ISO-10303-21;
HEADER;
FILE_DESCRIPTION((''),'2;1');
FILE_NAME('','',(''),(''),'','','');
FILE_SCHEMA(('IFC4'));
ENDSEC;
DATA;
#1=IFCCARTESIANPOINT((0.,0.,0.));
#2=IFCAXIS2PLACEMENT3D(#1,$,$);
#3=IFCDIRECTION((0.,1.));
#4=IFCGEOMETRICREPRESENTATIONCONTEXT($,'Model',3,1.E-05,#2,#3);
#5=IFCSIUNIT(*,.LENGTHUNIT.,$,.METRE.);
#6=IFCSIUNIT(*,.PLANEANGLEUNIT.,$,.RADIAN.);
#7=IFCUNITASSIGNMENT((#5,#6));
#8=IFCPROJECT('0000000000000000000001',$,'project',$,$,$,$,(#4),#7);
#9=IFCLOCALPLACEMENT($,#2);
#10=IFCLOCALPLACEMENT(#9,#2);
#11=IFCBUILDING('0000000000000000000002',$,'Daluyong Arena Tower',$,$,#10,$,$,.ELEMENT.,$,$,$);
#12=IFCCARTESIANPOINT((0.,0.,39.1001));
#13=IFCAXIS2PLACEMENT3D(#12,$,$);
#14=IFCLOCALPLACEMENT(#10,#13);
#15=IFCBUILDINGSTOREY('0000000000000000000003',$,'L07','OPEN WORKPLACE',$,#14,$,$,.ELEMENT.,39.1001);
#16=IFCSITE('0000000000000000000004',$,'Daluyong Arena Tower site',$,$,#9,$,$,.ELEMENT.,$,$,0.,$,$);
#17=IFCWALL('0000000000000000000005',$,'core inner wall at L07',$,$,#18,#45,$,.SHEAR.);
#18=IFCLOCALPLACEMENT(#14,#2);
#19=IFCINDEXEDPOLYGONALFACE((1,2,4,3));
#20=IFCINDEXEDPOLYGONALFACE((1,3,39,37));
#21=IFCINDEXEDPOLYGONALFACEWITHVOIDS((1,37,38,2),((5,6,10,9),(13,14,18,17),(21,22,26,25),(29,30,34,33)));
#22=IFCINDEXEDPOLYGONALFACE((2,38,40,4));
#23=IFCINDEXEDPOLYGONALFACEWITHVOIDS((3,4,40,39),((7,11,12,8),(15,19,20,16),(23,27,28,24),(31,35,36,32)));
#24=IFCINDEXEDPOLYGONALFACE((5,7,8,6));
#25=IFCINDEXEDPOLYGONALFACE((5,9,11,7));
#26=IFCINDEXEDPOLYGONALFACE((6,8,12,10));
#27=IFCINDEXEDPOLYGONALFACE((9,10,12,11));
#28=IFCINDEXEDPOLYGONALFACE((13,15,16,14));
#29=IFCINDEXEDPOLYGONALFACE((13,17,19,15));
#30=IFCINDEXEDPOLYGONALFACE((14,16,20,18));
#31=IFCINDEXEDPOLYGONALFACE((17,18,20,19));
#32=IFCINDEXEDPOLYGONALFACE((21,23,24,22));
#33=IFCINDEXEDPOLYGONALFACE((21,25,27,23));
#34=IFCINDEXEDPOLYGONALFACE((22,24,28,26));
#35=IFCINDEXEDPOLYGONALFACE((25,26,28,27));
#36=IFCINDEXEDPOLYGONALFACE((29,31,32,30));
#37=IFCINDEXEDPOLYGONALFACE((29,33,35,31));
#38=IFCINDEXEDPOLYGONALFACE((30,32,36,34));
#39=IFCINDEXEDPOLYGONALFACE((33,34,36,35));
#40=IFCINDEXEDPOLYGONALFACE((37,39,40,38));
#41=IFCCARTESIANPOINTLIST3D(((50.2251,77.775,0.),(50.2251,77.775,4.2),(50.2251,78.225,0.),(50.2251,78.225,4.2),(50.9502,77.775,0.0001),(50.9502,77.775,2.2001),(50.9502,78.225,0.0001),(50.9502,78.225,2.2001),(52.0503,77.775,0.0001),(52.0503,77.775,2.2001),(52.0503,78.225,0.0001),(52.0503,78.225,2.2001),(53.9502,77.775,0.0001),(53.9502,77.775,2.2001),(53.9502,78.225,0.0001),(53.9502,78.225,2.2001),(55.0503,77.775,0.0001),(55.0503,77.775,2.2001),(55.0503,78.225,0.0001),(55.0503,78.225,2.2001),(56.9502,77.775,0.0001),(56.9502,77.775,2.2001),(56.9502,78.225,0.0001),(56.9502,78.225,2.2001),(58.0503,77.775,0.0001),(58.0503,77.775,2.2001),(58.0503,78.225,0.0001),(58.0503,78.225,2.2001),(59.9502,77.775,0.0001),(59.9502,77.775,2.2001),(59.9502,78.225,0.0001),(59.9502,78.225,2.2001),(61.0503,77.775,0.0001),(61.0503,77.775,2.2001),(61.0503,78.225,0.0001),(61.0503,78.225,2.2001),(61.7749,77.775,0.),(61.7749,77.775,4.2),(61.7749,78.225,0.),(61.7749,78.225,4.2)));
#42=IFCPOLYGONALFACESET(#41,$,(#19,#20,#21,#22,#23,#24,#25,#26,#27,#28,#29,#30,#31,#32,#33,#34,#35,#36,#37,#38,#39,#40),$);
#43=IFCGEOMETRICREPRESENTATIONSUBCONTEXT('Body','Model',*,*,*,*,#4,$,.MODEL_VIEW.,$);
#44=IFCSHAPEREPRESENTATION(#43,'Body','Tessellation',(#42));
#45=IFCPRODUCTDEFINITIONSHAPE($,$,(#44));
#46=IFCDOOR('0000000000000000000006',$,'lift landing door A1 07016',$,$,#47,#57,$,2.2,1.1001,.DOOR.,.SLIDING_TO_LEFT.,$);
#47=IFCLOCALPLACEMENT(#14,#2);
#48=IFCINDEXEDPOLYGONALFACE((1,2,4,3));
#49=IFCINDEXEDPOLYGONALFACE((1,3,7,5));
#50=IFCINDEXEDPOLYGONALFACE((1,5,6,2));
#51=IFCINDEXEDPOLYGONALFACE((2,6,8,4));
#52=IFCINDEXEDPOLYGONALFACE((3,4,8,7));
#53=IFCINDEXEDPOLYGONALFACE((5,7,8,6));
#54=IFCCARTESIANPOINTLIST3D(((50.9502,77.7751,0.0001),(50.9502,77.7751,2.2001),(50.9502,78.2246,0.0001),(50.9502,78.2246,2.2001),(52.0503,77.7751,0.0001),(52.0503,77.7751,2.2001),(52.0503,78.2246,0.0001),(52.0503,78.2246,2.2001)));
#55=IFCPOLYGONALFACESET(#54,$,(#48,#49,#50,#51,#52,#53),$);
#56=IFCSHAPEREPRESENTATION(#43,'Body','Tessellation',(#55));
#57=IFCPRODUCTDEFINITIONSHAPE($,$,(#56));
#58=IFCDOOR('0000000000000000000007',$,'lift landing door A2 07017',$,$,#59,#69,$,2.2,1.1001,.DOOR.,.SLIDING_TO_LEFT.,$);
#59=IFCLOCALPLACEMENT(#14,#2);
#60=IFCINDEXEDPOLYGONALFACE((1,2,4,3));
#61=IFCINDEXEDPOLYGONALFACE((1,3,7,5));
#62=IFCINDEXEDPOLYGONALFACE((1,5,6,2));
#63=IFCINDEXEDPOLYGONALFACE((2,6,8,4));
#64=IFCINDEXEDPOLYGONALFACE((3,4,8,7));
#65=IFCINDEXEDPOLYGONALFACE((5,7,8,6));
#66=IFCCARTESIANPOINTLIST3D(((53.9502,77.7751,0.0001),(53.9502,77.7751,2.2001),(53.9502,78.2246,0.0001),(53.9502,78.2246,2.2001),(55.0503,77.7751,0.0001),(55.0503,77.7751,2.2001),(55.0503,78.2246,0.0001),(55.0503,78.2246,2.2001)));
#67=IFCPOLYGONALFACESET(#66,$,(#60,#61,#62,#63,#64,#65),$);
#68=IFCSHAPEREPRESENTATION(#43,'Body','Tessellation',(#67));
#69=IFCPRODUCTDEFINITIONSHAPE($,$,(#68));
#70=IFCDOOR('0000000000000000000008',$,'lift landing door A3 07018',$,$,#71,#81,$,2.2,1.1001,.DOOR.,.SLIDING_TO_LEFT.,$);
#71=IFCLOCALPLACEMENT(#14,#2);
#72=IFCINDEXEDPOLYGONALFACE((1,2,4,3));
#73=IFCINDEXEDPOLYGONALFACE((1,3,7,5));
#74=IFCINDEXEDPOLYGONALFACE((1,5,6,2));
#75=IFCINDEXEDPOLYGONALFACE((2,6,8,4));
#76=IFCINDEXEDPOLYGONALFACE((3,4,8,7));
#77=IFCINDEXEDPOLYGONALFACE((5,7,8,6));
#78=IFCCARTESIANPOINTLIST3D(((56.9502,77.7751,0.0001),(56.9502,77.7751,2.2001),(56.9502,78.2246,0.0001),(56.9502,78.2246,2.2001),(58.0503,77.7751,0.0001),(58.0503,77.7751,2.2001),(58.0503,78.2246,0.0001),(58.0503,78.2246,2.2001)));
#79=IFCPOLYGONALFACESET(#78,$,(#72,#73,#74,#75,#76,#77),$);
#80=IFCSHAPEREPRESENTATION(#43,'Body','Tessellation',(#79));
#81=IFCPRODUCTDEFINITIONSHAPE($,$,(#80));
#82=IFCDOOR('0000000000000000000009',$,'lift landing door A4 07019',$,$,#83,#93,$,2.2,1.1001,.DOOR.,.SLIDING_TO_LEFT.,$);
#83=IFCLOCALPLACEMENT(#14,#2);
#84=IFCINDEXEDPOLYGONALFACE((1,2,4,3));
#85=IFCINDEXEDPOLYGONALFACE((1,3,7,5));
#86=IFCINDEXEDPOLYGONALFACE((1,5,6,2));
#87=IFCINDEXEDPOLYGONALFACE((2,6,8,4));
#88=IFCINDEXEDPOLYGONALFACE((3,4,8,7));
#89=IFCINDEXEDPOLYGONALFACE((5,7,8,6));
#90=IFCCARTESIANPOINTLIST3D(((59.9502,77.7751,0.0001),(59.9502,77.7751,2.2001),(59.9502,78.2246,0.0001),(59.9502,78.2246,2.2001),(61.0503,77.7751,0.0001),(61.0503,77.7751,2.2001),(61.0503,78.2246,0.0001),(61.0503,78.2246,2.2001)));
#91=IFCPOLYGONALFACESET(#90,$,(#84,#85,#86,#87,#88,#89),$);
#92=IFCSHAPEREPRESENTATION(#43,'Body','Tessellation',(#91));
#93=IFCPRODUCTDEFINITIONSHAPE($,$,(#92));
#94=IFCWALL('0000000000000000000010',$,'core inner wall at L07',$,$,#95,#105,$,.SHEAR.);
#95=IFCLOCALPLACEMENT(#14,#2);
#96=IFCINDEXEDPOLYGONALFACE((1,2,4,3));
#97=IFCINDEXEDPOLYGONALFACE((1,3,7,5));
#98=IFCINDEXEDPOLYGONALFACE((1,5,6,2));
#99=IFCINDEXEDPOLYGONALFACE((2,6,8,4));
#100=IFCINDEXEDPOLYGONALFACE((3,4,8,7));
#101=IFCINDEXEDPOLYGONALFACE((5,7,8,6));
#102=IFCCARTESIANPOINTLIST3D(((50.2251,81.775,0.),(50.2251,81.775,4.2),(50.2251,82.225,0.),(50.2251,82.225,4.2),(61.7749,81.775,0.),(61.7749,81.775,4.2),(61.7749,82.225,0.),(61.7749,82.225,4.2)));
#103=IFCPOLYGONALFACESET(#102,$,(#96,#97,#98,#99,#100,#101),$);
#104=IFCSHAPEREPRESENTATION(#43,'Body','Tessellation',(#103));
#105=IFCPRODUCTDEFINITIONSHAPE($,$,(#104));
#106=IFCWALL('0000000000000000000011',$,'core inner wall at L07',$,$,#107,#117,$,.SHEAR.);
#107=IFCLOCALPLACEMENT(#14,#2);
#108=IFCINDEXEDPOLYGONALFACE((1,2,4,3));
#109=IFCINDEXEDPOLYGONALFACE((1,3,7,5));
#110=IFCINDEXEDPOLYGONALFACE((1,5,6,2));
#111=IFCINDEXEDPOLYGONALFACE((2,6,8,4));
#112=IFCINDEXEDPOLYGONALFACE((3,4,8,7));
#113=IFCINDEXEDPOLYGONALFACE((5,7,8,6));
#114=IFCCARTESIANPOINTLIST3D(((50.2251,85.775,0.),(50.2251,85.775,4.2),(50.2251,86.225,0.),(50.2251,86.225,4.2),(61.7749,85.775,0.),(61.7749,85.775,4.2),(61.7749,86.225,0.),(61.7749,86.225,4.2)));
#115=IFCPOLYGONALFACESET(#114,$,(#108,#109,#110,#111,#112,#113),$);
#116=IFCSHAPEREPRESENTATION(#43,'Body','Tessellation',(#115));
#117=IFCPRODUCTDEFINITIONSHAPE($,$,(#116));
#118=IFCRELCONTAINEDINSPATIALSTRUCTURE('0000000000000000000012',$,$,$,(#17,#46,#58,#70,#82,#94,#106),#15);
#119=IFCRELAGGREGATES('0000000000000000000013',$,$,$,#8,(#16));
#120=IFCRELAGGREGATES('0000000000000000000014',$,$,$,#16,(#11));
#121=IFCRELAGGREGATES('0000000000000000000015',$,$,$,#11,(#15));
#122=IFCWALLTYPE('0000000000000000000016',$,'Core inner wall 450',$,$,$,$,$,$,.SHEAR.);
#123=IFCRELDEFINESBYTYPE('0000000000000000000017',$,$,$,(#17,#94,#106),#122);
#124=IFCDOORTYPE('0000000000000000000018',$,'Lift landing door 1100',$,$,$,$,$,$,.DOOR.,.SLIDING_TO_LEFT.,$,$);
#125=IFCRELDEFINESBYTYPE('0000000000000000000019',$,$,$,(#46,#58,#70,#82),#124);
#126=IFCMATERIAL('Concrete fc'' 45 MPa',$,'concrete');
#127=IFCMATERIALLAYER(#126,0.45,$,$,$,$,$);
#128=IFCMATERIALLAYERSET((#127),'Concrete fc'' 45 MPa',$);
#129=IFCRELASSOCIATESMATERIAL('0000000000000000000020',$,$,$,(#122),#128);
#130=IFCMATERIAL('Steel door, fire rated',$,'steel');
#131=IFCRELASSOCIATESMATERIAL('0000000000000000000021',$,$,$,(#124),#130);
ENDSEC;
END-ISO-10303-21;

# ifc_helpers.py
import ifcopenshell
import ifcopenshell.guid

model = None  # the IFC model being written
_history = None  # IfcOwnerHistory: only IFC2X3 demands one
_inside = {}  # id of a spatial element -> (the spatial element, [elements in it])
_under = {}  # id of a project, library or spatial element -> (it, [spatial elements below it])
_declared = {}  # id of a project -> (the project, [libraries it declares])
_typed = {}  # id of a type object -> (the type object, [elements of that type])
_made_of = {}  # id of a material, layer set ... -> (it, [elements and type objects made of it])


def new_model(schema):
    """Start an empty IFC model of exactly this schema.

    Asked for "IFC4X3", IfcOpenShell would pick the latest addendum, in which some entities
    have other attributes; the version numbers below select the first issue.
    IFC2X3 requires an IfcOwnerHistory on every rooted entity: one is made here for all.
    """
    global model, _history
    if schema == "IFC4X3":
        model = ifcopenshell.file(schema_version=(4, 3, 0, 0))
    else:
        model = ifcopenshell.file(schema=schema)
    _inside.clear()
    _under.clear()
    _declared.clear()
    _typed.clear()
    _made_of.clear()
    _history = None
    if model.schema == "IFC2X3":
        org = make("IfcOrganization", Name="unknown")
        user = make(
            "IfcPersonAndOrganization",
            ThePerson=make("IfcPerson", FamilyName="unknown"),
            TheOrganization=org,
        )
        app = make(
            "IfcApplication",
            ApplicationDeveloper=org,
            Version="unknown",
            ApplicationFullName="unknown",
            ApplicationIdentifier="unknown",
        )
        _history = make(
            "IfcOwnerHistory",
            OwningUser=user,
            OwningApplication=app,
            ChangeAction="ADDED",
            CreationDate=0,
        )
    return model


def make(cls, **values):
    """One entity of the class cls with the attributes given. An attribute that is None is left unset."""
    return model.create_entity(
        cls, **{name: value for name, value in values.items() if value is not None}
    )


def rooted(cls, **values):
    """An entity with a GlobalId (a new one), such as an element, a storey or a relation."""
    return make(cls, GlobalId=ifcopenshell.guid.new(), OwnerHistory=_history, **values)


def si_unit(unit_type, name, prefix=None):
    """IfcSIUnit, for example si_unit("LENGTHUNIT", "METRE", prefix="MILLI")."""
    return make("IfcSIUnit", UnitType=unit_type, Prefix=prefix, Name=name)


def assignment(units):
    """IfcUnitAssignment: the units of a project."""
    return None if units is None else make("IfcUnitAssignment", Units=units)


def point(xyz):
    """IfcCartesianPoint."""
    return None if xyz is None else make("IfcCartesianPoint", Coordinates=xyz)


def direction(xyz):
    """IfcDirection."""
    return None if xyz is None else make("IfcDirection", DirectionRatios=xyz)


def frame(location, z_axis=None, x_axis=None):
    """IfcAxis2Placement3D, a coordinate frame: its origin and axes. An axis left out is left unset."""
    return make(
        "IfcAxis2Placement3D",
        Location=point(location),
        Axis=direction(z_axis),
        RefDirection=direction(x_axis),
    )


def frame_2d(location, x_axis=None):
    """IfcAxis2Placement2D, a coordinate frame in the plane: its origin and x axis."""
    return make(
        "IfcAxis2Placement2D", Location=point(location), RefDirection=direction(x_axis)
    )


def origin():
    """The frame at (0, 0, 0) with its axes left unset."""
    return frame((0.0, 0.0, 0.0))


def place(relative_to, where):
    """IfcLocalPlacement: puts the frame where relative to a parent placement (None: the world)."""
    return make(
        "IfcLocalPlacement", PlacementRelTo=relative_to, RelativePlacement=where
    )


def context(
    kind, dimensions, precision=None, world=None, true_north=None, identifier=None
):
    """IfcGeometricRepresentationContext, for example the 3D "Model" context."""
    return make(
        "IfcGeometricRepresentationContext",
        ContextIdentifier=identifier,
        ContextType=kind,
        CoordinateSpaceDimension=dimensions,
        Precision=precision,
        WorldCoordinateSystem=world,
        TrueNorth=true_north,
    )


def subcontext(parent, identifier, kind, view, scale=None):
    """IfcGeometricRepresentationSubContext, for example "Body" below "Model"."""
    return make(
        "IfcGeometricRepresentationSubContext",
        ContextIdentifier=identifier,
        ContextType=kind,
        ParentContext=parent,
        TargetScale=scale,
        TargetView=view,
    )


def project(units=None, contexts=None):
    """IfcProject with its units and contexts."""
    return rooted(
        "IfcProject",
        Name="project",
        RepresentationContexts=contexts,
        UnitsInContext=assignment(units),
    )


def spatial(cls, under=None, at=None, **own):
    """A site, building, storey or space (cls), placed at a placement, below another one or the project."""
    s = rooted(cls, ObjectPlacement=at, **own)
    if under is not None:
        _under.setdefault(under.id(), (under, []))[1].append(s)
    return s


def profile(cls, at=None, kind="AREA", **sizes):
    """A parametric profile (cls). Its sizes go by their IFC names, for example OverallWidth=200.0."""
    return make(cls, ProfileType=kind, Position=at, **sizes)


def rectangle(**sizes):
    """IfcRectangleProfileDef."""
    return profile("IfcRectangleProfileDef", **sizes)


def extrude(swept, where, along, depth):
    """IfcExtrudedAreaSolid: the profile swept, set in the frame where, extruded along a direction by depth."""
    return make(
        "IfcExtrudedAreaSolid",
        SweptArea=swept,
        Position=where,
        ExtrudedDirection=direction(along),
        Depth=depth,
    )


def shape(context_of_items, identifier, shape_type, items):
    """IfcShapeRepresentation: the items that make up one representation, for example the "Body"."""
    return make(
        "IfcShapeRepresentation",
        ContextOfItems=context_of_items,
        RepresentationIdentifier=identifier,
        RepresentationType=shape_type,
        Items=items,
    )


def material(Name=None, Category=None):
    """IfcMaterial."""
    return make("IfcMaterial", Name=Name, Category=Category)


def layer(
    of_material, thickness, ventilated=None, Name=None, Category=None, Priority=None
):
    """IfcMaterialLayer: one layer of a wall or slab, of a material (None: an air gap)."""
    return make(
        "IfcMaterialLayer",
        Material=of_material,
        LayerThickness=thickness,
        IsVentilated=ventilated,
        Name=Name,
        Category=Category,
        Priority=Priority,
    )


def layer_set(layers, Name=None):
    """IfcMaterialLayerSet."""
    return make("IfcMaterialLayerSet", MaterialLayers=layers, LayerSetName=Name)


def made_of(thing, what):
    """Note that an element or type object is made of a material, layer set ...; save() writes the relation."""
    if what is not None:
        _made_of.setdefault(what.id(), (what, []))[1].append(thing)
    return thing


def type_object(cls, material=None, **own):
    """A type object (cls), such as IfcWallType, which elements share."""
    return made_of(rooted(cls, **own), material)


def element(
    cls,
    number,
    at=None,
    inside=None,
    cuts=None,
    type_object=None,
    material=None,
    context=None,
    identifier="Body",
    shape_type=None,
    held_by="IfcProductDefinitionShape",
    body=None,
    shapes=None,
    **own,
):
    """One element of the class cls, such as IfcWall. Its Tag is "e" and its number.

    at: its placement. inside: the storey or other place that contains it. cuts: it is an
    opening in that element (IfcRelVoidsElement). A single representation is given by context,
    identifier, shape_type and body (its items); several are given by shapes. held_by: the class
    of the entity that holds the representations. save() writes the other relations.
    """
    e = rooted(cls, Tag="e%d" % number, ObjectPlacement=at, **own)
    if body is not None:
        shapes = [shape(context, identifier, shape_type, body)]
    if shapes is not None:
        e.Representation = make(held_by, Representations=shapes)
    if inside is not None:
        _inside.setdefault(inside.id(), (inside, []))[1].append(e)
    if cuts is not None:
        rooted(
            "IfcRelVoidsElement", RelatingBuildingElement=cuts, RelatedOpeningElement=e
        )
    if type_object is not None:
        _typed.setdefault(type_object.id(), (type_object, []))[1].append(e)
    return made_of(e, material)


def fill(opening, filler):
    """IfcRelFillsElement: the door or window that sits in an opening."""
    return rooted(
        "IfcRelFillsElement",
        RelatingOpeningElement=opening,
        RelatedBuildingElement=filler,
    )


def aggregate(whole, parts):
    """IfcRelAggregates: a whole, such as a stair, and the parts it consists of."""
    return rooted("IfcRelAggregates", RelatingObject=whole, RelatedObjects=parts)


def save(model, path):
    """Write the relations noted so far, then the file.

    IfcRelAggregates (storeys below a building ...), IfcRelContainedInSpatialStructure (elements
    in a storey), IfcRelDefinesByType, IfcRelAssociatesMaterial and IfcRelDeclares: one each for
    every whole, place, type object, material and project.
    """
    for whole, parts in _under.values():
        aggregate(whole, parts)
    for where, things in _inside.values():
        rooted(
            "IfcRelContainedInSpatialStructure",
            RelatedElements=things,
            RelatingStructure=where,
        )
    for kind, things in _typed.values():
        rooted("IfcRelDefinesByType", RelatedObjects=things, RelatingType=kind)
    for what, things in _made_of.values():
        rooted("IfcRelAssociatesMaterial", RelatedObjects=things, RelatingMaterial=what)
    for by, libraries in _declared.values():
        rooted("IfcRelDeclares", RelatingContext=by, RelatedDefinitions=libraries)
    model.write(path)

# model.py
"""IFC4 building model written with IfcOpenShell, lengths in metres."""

from ifc_helpers import new_model, si_unit, direction, frame, frame_2d, origin, place, context, subcontext, project, spatial, rectangle, extrude, material, layer, layer_set, type_object, element, fill, save


model = new_model("IFC4")

# Units and contexts
model_context = context("Model", 3, precision=1e-05, world=origin(), true_north=direction((0.0, 1.0)))
body_context = subcontext(model_context, "Body", "Model", "MODEL_VIEW")
ifc_project = project(units=[si_unit("LENGTHUNIT", "METRE"), si_unit("PLANEANGLEUNIT", "RADIAN")], contexts=[model_context])

# Site, building, storey
site_placement = place(None, origin())
site = spatial("IfcSite", under=ifc_project, at=site_placement, Name="Daluyong Arena Tower site", CompositionType="ELEMENT", RefElevation=0.0)
building_placement = place(site_placement, origin())
building = spatial("IfcBuilding", under=site, at=building_placement, Name="Daluyong Arena Tower", CompositionType="ELEMENT")
storey_placement = place(building_placement, frame((0.0, 0.0, 39.1001)))
storey = spatial("IfcBuildingStorey", under=building, at=storey_placement, Name="L07", Description="OPEN WORKPLACE", CompositionType="ELEMENT", Elevation=39.1001)

# Wall, openings, doors
ifc_material_1 = material(Name="Concrete fc' 45 MPa", Category="concrete")
ifc_layer_1 = layer(ifc_material_1, 0.45)
ifc_layer_set_1 = layer_set([ifc_layer_1], Name="Concrete fc' 45 MPa")
wall_type_1 = type_object("IfcWallType", Name="Core inner wall 450", PredefinedType="SHEAR", material=ifc_layer_set_1)
wall_1_placement = place(storey_placement, frame((50.2251, 78.0, 0.0), z_axis=(0.0, 0.0, 1.0), x_axis=(1.0, 0.0, 0.0)))
wall_1 = element("IfcWall", 1, at=wall_1_placement, inside=storey, type_object=wall_type_1, Name="core inner wall at L07", PredefinedType="SHEAR", context=body_context, shape_type="SweptSolid", body=[
    extrude(rectangle(XDim=11.5498, YDim=0.45, at=frame_2d((5.7749, 0.0))), origin(), (0.0, 0.0, 1.0), 4.2),
])
opening_1_placement = place(wall_1_placement, frame((0.7251, 0.0, 0.0)))
opening_1 = element("IfcOpeningElement", 2, at=opening_1_placement, cuts=wall_1, PredefinedType="OPENING", context=body_context, shape_type="SweptSolid", body=[
    extrude(rectangle(XDim=1.1001, YDim=2.2, at=frame_2d((0.55, 1.1001))), frame((0.0, 0.2349, 0.0), z_axis=(0.0, -1.0, 0.0), x_axis=(1.0, 0.0, 0.0)), (0.0, 0.0, 1.0), 0.47),
])
opening_2_placement = place(wall_1_placement, frame((3.7251, 0.0, 0.0)))
opening_2 = element("IfcOpeningElement", 3, at=opening_2_placement, cuts=wall_1, PredefinedType="OPENING", context=body_context, shape_type="SweptSolid", body=[
    extrude(rectangle(XDim=1.1001, YDim=2.2, at=frame_2d((0.55, 1.1001))), frame((0.0, 0.2349, 0.0), z_axis=(0.0, -1.0, 0.0), x_axis=(1.0, 0.0, 0.0)), (0.0, 0.0, 1.0), 0.47),
])
opening_3_placement = place(wall_1_placement, frame((6.7251, 0.0, 0.0)))
opening_3 = element("IfcOpeningElement", 4, at=opening_3_placement, cuts=wall_1, PredefinedType="OPENING", context=body_context, shape_type="SweptSolid", body=[
    extrude(rectangle(XDim=1.1001, YDim=2.2, at=frame_2d((0.55, 1.1001))), frame((0.0, 0.2349, 0.0), z_axis=(0.0, -1.0, 0.0), x_axis=(1.0, 0.0, 0.0)), (0.0, 0.0, 1.0), 0.47),
])
opening_4_placement = place(wall_1_placement, frame((9.7251, 0.0, 0.0)))
opening_4 = element("IfcOpeningElement", 5, at=opening_4_placement, cuts=wall_1, PredefinedType="OPENING", context=body_context, shape_type="SweptSolid", body=[
    extrude(rectangle(XDim=1.1001, YDim=2.2, at=frame_2d((0.55, 1.1001))), frame((0.0, 0.2349, 0.0), z_axis=(0.0, -1.0, 0.0), x_axis=(1.0, 0.0, 0.0)), (0.0, 0.0, 1.0), 0.47),
])
ifc_material_2 = material(Name="Steel door, fire rated", Category="steel")
door_type_1 = type_object("IfcDoorType", Name="Lift landing door 1100", OperationType="SLIDING_TO_LEFT", PredefinedType="DOOR", material=ifc_material_2)
door_1_placement = place(opening_1_placement, origin())
door_1 = element("IfcDoor", 6, at=door_1_placement, inside=storey, type_object=door_type_1, Name="lift landing door A1 07016", OperationType="SLIDING_TO_LEFT", OverallHeight=2.2, OverallWidth=1.1001, PredefinedType="DOOR", context=body_context, shape_type="SweptSolid", body=[
    extrude(rectangle(XDim=1.1001, YDim=2.2, at=frame_2d((0.55, 1.1001))), frame((0.0, 0.2246, 0.0), z_axis=(0.0, -1.0, 0.0), x_axis=(1.0, 0.0, 0.0)), (0.0, 0.0, 1.0), 0.4495),
])
fill(opening_1, door_1)
door_2_placement = place(opening_2_placement, origin())
door_2 = element("IfcDoor", 7, at=door_2_placement, inside=storey, type_object=door_type_1, Name="lift landing door A2 07017", OperationType="SLIDING_TO_LEFT", OverallHeight=2.2, OverallWidth=1.1001, PredefinedType="DOOR", context=body_context, shape_type="SweptSolid", body=[
    extrude(rectangle(XDim=1.1001, YDim=2.2, at=frame_2d((0.55, 1.1001))), frame((0.0, 0.2246, 0.0), z_axis=(0.0, -1.0, 0.0), x_axis=(1.0, 0.0, 0.0)), (0.0, 0.0, 1.0), 0.4495),
])
fill(opening_2, door_2)
door_3_placement = place(opening_3_placement, origin())
door_3 = element("IfcDoor", 8, at=door_3_placement, inside=storey, type_object=door_type_1, Name="lift landing door A3 07018", OperationType="SLIDING_TO_LEFT", OverallHeight=2.2, OverallWidth=1.1001, PredefinedType="DOOR", context=body_context, shape_type="SweptSolid", body=[
    extrude(rectangle(XDim=1.1001, YDim=2.2, at=frame_2d((0.55, 1.1001))), frame((0.0, 0.2246, 0.0), z_axis=(0.0, -1.0, 0.0), x_axis=(1.0, 0.0, 0.0)), (0.0, 0.0, 1.0), 0.4495),
])
fill(opening_3, door_3)
door_4_placement = place(opening_4_placement, origin())
door_4 = element("IfcDoor", 9, at=door_4_placement, inside=storey, type_object=door_type_1, Name="lift landing door A4 07019", OperationType="SLIDING_TO_LEFT", OverallHeight=2.2, OverallWidth=1.1001, PredefinedType="DOOR", context=body_context, shape_type="SweptSolid", body=[
    extrude(rectangle(XDim=1.1001, YDim=2.2, at=frame_2d((0.55, 1.1001))), frame((0.0, 0.2246, 0.0), z_axis=(0.0, -1.0, 0.0), x_axis=(1.0, 0.0, 0.0)), (0.0, 0.0, 1.0), 0.4495),
])
fill(opening_4, door_4)

# Walls
for number, where, z_axis, x_axis, name in (
    (10, (50.2251, 82.0, 0.0), (0.0, 0.0, 1.0), (1.0, 0.0, 0.0), "core inner wall at L07"),
    (11, (50.2251, 86.0, 0.0), (0.0, 0.0, 1.0), (1.0, 0.0, 0.0), "core inner wall at L07"),
):
    element("IfcWall", number, at=place(storey_placement, frame(where, z_axis=z_axis, x_axis=x_axis)), inside=storey, type_object=wall_type_1, Name=name, PredefinedType="SHEAR", context=body_context, shape_type="SweptSolid", body=[
        extrude(rectangle(XDim=11.5498, YDim=0.45, at=frame_2d((5.7749, 0.0))), origin(), (0.0, 0.0, 1.0), 4.2),
    ])

save(model, "model.ifc")
